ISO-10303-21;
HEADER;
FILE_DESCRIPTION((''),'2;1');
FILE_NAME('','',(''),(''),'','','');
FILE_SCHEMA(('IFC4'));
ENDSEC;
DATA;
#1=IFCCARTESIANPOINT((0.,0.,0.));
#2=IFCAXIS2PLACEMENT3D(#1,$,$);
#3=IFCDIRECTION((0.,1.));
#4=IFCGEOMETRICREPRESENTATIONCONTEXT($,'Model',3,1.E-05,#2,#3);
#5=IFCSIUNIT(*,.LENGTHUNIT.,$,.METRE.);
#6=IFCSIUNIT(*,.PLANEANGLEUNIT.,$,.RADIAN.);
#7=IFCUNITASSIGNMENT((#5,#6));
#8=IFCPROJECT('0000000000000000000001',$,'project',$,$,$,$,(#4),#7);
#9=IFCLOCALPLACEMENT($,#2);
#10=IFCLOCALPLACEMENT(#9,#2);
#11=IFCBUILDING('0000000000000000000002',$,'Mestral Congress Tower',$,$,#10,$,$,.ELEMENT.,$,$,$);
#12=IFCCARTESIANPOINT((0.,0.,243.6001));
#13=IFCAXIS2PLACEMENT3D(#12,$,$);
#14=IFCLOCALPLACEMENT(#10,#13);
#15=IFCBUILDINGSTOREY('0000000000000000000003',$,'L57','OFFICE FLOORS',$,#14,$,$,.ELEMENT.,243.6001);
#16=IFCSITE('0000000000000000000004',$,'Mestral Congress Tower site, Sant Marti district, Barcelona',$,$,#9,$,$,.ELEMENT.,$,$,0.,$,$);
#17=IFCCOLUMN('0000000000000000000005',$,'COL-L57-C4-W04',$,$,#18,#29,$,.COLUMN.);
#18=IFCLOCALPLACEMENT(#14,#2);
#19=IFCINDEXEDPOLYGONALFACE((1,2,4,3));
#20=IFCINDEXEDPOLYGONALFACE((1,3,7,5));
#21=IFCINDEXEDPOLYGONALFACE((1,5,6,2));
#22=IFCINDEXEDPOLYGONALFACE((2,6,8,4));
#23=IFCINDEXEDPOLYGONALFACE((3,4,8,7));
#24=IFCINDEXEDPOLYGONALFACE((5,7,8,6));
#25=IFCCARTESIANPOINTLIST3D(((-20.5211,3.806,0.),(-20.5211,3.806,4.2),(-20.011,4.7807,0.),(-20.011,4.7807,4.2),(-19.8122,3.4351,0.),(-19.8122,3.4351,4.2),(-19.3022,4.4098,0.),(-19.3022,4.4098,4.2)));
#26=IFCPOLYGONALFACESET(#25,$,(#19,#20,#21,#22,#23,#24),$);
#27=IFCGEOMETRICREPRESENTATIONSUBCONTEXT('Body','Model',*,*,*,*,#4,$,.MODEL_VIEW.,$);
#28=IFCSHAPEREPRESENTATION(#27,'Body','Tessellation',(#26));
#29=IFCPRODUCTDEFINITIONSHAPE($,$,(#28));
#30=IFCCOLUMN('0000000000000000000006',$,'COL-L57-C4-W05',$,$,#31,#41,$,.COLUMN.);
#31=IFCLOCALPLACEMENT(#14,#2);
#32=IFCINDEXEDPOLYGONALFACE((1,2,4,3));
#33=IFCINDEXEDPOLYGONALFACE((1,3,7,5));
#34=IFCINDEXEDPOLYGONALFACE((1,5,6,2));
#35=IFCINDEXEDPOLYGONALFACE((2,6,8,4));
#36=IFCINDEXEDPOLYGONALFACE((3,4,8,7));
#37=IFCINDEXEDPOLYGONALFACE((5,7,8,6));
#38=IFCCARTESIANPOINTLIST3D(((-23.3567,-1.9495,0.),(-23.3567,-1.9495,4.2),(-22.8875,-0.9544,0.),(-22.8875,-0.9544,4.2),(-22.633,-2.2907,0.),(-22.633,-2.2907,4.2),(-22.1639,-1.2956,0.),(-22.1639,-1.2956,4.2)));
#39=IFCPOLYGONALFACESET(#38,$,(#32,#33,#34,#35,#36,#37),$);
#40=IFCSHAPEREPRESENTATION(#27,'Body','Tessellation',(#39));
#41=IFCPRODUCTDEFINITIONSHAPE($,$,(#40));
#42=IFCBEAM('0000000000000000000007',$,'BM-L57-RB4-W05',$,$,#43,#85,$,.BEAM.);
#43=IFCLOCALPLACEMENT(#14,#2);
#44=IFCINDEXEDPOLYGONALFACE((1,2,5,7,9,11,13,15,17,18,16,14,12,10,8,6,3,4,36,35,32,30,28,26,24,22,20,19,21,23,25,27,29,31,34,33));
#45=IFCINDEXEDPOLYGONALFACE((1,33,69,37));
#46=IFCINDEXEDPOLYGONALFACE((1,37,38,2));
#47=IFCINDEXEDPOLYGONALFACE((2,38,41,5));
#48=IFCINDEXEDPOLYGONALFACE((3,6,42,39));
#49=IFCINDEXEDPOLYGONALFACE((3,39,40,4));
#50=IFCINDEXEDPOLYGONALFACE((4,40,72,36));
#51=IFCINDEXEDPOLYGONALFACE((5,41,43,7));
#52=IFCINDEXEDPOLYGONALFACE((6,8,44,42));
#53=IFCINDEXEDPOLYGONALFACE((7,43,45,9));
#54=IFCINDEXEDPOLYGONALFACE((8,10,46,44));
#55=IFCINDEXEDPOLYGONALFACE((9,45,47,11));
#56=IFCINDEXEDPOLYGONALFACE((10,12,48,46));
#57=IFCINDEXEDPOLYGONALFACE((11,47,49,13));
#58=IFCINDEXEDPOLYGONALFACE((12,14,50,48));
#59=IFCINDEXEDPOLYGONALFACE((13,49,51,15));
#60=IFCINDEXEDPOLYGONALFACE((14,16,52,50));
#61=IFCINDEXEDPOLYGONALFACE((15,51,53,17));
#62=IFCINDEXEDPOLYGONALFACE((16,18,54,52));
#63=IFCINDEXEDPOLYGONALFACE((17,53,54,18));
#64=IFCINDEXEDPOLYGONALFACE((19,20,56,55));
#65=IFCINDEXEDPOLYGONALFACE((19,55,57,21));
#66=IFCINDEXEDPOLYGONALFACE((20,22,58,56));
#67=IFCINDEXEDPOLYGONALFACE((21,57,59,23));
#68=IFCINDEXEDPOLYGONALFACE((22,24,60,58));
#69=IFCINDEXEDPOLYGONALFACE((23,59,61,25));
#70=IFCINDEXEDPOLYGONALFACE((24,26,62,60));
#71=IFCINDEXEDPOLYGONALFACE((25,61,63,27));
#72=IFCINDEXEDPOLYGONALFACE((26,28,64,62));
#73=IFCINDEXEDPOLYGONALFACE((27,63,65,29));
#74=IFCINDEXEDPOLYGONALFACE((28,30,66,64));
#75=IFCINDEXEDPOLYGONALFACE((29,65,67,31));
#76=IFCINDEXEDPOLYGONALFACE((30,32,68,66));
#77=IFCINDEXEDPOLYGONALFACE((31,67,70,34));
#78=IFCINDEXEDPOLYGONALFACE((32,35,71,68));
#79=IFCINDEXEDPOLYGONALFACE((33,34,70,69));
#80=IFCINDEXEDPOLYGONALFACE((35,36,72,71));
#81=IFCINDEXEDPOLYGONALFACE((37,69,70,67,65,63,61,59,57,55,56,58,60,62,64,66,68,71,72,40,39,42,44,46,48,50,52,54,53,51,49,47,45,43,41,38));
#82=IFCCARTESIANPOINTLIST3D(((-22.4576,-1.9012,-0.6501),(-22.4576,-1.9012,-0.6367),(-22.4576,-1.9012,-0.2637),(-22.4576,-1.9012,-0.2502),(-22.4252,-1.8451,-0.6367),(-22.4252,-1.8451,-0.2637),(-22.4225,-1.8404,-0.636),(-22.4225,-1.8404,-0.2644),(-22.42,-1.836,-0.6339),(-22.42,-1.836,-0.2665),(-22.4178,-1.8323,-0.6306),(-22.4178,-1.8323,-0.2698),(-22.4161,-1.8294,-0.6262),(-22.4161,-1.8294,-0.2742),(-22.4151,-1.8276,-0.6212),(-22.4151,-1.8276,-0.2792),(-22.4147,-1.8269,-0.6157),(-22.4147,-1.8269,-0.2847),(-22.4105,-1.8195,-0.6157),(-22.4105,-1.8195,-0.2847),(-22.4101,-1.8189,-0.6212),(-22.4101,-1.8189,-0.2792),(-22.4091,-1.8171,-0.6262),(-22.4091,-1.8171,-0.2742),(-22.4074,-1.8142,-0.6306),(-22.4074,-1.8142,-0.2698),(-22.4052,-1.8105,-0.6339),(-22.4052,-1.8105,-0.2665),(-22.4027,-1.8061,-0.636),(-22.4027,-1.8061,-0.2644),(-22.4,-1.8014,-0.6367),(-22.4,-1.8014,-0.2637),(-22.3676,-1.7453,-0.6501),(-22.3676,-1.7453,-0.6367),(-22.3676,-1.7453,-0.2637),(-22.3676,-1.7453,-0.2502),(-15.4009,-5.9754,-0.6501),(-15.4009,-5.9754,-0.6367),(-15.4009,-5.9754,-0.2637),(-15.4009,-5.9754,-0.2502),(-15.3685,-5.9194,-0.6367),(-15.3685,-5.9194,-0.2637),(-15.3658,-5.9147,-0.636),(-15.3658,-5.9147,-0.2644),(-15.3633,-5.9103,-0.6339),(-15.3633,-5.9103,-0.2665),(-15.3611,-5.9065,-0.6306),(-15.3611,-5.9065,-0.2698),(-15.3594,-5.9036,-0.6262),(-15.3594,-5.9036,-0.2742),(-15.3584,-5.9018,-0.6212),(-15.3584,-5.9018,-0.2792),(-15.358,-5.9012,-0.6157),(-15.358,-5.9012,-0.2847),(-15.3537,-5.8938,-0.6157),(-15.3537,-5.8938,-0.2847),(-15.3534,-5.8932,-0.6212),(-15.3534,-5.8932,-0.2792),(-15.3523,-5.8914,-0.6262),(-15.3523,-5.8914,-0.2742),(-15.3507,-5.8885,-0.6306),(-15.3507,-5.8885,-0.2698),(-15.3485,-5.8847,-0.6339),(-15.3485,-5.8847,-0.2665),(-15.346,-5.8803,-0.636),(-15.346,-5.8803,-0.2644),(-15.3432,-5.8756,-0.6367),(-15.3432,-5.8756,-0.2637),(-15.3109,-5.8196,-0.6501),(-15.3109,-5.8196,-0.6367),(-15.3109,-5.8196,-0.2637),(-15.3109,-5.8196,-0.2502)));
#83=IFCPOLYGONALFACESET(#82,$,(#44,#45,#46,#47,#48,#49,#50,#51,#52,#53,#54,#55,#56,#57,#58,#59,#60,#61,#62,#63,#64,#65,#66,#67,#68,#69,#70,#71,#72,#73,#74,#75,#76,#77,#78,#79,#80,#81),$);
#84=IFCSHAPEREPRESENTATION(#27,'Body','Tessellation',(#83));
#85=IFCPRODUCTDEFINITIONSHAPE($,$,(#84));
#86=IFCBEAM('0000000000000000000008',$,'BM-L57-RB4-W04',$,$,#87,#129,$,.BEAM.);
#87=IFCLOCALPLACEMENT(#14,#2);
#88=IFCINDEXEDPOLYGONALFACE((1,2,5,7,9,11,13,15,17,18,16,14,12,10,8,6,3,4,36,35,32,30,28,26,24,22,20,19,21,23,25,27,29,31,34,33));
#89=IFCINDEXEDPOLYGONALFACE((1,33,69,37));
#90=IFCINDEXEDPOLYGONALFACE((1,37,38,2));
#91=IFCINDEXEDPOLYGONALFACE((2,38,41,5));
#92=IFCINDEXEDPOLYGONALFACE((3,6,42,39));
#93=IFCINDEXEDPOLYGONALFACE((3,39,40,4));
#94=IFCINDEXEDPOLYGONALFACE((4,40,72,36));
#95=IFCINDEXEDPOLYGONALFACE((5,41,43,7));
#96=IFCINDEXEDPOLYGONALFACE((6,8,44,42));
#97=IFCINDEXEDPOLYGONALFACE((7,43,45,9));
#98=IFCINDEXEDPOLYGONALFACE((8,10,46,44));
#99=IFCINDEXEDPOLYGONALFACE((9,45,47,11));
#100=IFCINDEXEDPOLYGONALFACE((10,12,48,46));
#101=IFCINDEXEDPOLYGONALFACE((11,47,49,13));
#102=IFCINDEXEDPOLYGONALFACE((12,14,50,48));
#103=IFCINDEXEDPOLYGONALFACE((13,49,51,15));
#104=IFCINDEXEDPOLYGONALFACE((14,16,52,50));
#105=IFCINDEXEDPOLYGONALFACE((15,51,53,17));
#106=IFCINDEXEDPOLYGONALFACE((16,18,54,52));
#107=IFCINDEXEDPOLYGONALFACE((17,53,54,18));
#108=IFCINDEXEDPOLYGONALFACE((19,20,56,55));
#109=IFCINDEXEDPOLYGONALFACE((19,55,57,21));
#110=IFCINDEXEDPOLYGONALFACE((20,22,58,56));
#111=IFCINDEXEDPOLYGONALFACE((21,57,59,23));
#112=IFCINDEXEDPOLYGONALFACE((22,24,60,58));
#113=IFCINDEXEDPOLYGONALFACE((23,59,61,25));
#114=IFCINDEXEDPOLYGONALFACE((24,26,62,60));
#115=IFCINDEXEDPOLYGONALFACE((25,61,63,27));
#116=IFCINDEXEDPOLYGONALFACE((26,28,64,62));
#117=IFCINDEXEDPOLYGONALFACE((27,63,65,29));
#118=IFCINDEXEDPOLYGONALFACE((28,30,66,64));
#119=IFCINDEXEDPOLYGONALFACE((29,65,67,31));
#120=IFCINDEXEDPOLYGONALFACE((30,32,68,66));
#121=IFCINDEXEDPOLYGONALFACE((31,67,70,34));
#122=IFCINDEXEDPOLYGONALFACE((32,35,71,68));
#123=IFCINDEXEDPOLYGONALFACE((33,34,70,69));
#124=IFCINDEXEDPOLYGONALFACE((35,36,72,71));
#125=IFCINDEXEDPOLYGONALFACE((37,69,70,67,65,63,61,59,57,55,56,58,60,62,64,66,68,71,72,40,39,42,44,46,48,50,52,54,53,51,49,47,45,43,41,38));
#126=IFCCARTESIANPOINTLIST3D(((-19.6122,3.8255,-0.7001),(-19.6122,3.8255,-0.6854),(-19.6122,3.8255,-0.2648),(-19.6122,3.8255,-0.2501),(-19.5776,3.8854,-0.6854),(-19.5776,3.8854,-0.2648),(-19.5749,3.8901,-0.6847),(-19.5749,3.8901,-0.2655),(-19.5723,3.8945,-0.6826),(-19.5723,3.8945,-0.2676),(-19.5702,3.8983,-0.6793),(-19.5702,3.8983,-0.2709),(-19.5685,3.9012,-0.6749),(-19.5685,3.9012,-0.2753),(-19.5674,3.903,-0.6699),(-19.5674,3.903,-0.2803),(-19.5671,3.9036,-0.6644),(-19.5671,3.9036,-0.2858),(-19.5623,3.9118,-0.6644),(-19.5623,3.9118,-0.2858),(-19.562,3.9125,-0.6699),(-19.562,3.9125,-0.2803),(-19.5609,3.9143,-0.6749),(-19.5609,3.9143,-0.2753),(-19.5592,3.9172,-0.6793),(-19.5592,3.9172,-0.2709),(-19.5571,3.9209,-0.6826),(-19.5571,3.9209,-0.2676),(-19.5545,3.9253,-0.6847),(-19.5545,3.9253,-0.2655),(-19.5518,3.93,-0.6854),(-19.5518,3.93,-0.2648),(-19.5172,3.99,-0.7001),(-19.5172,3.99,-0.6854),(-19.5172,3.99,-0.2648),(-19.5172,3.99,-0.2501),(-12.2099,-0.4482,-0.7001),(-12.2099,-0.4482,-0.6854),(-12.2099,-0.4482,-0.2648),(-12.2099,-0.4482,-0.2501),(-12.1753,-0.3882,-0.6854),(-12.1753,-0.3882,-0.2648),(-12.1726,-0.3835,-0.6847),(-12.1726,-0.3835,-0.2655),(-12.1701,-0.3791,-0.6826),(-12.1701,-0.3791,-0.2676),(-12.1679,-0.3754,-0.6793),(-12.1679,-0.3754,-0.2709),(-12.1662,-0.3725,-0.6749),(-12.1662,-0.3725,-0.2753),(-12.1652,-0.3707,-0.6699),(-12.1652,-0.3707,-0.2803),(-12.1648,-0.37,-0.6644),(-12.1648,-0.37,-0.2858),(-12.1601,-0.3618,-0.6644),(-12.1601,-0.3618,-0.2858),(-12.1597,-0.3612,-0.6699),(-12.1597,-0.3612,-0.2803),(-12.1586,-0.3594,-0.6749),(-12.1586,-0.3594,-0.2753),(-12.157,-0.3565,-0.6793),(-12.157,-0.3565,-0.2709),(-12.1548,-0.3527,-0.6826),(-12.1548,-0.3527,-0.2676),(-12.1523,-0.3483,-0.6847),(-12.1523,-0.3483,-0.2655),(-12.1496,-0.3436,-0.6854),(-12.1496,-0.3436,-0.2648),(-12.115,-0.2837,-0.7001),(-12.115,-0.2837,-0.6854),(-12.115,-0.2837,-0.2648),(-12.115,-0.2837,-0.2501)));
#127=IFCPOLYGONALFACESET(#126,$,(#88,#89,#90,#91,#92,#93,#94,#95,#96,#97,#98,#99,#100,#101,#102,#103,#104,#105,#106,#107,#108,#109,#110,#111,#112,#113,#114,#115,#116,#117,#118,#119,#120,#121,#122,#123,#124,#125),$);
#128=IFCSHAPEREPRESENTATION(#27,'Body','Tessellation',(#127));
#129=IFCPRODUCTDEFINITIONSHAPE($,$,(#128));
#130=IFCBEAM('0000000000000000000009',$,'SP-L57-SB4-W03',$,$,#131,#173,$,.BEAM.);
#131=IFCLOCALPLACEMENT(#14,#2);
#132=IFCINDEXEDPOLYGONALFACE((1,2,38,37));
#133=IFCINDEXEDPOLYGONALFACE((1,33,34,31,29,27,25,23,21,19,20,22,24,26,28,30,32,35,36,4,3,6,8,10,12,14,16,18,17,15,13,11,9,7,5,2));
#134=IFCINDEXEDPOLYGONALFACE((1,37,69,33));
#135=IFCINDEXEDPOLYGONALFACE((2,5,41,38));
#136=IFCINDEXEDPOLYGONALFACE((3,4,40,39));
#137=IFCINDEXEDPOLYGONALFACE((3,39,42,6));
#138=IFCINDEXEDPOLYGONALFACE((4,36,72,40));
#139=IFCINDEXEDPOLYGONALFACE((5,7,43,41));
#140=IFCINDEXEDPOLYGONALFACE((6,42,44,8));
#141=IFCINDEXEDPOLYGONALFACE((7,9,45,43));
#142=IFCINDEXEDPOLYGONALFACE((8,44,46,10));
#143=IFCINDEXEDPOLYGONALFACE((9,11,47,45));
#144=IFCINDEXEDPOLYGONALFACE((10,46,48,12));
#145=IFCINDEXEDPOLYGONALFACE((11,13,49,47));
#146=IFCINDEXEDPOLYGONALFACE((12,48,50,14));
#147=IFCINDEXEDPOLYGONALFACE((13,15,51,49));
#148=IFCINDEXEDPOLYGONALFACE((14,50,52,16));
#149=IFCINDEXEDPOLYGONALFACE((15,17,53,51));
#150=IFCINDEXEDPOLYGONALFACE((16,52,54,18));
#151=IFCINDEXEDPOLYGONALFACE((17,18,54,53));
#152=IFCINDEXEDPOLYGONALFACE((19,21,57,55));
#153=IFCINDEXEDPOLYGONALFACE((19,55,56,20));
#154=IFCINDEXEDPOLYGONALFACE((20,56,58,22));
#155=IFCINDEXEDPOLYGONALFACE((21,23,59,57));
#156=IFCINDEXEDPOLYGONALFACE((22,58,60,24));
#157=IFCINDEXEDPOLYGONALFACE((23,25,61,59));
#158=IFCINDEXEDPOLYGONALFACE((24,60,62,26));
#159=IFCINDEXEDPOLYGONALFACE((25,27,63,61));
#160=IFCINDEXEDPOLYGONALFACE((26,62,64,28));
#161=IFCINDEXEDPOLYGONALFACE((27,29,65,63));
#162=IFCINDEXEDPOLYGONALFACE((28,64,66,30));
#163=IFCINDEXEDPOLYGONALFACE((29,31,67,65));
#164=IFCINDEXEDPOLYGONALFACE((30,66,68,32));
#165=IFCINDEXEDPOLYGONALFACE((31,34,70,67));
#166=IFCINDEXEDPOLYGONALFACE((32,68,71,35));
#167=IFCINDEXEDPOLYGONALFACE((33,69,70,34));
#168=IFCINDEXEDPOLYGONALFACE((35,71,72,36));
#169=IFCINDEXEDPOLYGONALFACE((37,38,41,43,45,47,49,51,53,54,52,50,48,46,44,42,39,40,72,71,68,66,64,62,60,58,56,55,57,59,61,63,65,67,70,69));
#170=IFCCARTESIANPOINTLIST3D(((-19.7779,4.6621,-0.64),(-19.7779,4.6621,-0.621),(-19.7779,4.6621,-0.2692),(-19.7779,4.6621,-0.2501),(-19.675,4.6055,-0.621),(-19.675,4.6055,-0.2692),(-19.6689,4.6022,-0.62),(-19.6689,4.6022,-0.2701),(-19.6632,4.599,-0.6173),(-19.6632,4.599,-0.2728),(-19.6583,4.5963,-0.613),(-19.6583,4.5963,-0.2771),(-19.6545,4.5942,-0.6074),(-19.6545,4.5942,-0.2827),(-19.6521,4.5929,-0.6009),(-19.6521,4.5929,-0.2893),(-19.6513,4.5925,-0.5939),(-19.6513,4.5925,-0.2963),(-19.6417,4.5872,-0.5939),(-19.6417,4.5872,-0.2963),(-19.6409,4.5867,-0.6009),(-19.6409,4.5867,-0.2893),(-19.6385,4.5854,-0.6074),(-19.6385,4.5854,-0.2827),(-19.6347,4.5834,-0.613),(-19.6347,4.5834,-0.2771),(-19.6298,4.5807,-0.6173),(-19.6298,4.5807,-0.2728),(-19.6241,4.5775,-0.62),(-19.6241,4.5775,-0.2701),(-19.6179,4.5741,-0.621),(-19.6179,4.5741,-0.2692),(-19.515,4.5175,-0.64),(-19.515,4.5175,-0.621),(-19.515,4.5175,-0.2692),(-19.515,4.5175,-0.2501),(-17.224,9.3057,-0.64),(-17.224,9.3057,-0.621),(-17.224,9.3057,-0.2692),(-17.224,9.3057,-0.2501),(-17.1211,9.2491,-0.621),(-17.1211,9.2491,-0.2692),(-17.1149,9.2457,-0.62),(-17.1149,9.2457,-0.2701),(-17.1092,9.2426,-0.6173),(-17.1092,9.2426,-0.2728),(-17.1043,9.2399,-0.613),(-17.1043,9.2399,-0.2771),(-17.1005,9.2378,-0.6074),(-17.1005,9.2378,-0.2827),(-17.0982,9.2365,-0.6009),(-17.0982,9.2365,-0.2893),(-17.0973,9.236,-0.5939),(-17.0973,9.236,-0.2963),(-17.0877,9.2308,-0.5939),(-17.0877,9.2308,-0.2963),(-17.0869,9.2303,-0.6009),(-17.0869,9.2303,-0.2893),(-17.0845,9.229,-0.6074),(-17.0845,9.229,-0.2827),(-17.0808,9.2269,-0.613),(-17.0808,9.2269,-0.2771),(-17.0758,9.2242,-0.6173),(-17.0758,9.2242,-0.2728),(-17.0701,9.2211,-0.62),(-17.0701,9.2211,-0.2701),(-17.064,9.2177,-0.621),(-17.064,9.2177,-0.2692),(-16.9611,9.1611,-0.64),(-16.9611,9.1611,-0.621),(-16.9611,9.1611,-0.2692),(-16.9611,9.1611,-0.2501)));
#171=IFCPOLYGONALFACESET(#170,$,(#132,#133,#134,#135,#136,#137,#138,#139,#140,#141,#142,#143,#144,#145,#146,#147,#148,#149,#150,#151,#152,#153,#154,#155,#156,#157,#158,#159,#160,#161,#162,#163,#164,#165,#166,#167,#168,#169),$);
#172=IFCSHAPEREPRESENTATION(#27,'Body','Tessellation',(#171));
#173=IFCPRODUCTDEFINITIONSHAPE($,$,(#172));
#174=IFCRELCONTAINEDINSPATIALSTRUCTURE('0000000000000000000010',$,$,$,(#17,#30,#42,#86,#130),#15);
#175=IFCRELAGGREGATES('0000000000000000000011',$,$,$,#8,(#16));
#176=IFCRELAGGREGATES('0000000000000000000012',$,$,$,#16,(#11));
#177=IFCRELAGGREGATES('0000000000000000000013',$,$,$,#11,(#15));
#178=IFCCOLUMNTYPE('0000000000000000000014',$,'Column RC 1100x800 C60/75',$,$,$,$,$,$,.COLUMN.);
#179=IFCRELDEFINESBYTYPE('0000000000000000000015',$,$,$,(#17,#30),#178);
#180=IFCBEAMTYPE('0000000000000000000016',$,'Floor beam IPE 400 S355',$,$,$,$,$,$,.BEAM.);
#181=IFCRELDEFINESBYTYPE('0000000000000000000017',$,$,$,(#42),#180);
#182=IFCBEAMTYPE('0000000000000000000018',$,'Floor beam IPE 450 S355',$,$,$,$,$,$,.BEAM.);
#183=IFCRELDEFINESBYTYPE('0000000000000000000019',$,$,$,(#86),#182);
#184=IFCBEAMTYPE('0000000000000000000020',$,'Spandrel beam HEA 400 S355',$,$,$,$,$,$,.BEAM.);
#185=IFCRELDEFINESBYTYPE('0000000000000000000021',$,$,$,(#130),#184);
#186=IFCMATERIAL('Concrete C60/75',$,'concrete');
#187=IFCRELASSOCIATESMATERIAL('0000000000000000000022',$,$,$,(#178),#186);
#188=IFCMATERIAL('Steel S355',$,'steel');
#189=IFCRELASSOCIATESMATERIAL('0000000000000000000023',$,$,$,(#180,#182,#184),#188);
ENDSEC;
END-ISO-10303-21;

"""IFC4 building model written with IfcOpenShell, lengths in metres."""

from ifc_helpers import new_model, si_unit, direction, frame, origin, origin_2d, place, context, subcontext, project, spatial, rectangle, i_section, extrude, material, material_profile, profile_set, type_object, element, save


model = new_model("IFC4")

# Units and contexts
model_context = context("Model", 3, precision=1e-05, world=origin(), true_north=direction((0.0, 1.0)))
body_context = subcontext(model_context, "Body", "Model", "MODEL_VIEW")
ifc_project = project(units=[si_unit("LENGTHUNIT", "METRE"), si_unit("PLANEANGLEUNIT", "RADIAN")], contexts=[model_context])

# Site, building, storey
site_placement = place(None, origin())
site = spatial("IfcSite", under=ifc_project, at=site_placement, Name="Mestral Congress Tower site, Sant Marti district, Barcelona", CompositionType="ELEMENT", RefElevation=0.0)
building_placement = place(site_placement, origin())
building = spatial("IfcBuilding", under=site, at=building_placement, Name="Mestral Congress Tower", CompositionType="ELEMENT")
storey_placement = place(building_placement, frame((0.0, 0.0, 243.6001)))
storey = spatial("IfcBuildingStorey", under=building, at=storey_placement, Name="L57", Description="OFFICE FLOORS", CompositionType="ELEMENT", Elevation=243.6001)

# Columns
ifc_material_1 = material(Name="Concrete C60/75", Category="concrete")
ifc_material_profile_1 = material_profile(ifc_material_1, rectangle(XDim=1.1001, YDim=0.8, at=origin_2d()), Name="RC 1100x800")
ifc_profile_set_1 = profile_set([ifc_material_profile_1], Name="Concrete C60/75")
column_type = type_object("IfcColumnType", Name="Column RC 1100x800 C60/75", PredefinedType="COLUMN", material=ifc_profile_set_1)
for number, where, z_axis, x_axis, name in (
    (1, (-19.9116, 4.1079, 0.0), (0.0, 0.0, 1.0), (-0.463636, -0.886026, 0.0), "COL-L57-C4-W04"),
    (2, (-22.7603, -1.6226, 0.0), (0.0, 0.0, 1.0), (-0.426472, -0.904501, 0.0), "COL-L57-C4-W05"),
):
    element("IfcColumn", number, at=place(storey_placement, frame(where, z_axis=z_axis, x_axis=x_axis)), inside=storey, type_object=column_type, Name=name, PredefinedType="COLUMN", context=body_context, shape_type="SweptSolid", body=[
        extrude(rectangle(XDim=1.1001, YDim=0.8, at=origin_2d()), origin(), (0.0, 0.0, 1.0), 4.2),
    ])

# Beams
ifc_material_2 = material(Name="Steel S355", Category="steel")
ifc_material_profile_2 = material_profile(ifc_material_2, i_section(OverallWidth=0.1799, OverallDepth=0.3999, WebThickness=0.0085, FlangeThickness=0.0134, FilletRadius=0.021, at=origin_2d()), Name="IPE 400")
ifc_profile_set_2 = profile_set([ifc_material_profile_2], Name="Steel S355")
beam_type_1 = type_object("IfcBeamType", Name="Floor beam IPE 400 S355", PredefinedType="BEAM", material=ifc_profile_set_2)
beam_1_placement = place(storey_placement, frame((-22.4126, -1.8232, -0.4502), z_axis=(0.866022, -0.500006, 0.0), x_axis=(0.500006, 0.866022, 0.0)))
element("IfcBeam", 3, at=beam_1_placement, inside=storey, type_object=beam_type_1, Name="BM-L57-RB4-W05", PredefinedType="BEAM", context=body_context, shape_type="SweptSolid", body=[
    extrude(i_section(OverallWidth=0.1799, OverallDepth=0.3999, WebThickness=0.0085, FlangeThickness=0.0134, FilletRadius=0.021, at=origin_2d()), origin(), (0.0, 0.0, 1.0), 8.1484),
])
ifc_material_profile_3 = material_profile(ifc_material_2, i_section(OverallWidth=0.1899, OverallDepth=0.45, WebThickness=0.0095, FlangeThickness=0.0146, FilletRadius=0.021, at=origin_2d()), Name="IPE 450")
ifc_profile_set_3 = profile_set([ifc_material_profile_3], Name="Steel S355")
beam_type_2 = type_object("IfcBeamType", Name="Floor beam IPE 450 S355", PredefinedType="BEAM", material=ifc_profile_set_3)
beam_2_placement = place(storey_placement, frame((-19.5647, 3.9077, -0.4751), z_axis=(0.866029, -0.499994, 0.0), x_axis=(0.499994, 0.866029, 0.0)))
element("IfcBeam", 4, at=beam_2_placement, inside=storey, type_object=beam_type_2, Name="BM-L57-RB4-W04", PredefinedType="BEAM", context=body_context, shape_type="SweptSolid", body=[
    extrude(i_section(OverallWidth=0.1899, OverallDepth=0.45, WebThickness=0.0095, FlangeThickness=0.0146, FilletRadius=0.021, at=origin_2d()), origin(), (0.0, 0.0, 1.0), 8.5474),
])
ifc_material_profile_4 = material_profile(ifc_material_2, i_section(OverallWidth=0.3, OverallDepth=0.3899, WebThickness=0.011, FlangeThickness=0.019, FilletRadius=0.0271, at=origin_2d()), Name="HEA 400")
ifc_profile_set_4 = profile_set([ifc_material_profile_4], Name="Steel S355")
beam_type_3 = type_object("IfcBeamType", Name="Spandrel beam HEA 400 S355", PredefinedType="BEAM", material=ifc_profile_set_4)
beam_3_placement = place(storey_placement, frame((-17.0925, 9.2334, -0.4451), z_axis=(-0.481919, -0.876216, 0.0), x_axis=(0.876216, -0.481919, 0.0)))
element("IfcBeam", 5, at=beam_3_placement, inside=storey, type_object=beam_type_3, Name="SP-L57-SB4-W03", PredefinedType="BEAM", context=body_context, shape_type="SweptSolid", body=[
    extrude(i_section(OverallWidth=0.3, OverallDepth=0.3899, WebThickness=0.011, FlangeThickness=0.019, FilletRadius=0.0271, at=origin_2d()), origin(), (0.0, 0.0, 1.0), 5.2996),
])

save(model, "model.ifc")
